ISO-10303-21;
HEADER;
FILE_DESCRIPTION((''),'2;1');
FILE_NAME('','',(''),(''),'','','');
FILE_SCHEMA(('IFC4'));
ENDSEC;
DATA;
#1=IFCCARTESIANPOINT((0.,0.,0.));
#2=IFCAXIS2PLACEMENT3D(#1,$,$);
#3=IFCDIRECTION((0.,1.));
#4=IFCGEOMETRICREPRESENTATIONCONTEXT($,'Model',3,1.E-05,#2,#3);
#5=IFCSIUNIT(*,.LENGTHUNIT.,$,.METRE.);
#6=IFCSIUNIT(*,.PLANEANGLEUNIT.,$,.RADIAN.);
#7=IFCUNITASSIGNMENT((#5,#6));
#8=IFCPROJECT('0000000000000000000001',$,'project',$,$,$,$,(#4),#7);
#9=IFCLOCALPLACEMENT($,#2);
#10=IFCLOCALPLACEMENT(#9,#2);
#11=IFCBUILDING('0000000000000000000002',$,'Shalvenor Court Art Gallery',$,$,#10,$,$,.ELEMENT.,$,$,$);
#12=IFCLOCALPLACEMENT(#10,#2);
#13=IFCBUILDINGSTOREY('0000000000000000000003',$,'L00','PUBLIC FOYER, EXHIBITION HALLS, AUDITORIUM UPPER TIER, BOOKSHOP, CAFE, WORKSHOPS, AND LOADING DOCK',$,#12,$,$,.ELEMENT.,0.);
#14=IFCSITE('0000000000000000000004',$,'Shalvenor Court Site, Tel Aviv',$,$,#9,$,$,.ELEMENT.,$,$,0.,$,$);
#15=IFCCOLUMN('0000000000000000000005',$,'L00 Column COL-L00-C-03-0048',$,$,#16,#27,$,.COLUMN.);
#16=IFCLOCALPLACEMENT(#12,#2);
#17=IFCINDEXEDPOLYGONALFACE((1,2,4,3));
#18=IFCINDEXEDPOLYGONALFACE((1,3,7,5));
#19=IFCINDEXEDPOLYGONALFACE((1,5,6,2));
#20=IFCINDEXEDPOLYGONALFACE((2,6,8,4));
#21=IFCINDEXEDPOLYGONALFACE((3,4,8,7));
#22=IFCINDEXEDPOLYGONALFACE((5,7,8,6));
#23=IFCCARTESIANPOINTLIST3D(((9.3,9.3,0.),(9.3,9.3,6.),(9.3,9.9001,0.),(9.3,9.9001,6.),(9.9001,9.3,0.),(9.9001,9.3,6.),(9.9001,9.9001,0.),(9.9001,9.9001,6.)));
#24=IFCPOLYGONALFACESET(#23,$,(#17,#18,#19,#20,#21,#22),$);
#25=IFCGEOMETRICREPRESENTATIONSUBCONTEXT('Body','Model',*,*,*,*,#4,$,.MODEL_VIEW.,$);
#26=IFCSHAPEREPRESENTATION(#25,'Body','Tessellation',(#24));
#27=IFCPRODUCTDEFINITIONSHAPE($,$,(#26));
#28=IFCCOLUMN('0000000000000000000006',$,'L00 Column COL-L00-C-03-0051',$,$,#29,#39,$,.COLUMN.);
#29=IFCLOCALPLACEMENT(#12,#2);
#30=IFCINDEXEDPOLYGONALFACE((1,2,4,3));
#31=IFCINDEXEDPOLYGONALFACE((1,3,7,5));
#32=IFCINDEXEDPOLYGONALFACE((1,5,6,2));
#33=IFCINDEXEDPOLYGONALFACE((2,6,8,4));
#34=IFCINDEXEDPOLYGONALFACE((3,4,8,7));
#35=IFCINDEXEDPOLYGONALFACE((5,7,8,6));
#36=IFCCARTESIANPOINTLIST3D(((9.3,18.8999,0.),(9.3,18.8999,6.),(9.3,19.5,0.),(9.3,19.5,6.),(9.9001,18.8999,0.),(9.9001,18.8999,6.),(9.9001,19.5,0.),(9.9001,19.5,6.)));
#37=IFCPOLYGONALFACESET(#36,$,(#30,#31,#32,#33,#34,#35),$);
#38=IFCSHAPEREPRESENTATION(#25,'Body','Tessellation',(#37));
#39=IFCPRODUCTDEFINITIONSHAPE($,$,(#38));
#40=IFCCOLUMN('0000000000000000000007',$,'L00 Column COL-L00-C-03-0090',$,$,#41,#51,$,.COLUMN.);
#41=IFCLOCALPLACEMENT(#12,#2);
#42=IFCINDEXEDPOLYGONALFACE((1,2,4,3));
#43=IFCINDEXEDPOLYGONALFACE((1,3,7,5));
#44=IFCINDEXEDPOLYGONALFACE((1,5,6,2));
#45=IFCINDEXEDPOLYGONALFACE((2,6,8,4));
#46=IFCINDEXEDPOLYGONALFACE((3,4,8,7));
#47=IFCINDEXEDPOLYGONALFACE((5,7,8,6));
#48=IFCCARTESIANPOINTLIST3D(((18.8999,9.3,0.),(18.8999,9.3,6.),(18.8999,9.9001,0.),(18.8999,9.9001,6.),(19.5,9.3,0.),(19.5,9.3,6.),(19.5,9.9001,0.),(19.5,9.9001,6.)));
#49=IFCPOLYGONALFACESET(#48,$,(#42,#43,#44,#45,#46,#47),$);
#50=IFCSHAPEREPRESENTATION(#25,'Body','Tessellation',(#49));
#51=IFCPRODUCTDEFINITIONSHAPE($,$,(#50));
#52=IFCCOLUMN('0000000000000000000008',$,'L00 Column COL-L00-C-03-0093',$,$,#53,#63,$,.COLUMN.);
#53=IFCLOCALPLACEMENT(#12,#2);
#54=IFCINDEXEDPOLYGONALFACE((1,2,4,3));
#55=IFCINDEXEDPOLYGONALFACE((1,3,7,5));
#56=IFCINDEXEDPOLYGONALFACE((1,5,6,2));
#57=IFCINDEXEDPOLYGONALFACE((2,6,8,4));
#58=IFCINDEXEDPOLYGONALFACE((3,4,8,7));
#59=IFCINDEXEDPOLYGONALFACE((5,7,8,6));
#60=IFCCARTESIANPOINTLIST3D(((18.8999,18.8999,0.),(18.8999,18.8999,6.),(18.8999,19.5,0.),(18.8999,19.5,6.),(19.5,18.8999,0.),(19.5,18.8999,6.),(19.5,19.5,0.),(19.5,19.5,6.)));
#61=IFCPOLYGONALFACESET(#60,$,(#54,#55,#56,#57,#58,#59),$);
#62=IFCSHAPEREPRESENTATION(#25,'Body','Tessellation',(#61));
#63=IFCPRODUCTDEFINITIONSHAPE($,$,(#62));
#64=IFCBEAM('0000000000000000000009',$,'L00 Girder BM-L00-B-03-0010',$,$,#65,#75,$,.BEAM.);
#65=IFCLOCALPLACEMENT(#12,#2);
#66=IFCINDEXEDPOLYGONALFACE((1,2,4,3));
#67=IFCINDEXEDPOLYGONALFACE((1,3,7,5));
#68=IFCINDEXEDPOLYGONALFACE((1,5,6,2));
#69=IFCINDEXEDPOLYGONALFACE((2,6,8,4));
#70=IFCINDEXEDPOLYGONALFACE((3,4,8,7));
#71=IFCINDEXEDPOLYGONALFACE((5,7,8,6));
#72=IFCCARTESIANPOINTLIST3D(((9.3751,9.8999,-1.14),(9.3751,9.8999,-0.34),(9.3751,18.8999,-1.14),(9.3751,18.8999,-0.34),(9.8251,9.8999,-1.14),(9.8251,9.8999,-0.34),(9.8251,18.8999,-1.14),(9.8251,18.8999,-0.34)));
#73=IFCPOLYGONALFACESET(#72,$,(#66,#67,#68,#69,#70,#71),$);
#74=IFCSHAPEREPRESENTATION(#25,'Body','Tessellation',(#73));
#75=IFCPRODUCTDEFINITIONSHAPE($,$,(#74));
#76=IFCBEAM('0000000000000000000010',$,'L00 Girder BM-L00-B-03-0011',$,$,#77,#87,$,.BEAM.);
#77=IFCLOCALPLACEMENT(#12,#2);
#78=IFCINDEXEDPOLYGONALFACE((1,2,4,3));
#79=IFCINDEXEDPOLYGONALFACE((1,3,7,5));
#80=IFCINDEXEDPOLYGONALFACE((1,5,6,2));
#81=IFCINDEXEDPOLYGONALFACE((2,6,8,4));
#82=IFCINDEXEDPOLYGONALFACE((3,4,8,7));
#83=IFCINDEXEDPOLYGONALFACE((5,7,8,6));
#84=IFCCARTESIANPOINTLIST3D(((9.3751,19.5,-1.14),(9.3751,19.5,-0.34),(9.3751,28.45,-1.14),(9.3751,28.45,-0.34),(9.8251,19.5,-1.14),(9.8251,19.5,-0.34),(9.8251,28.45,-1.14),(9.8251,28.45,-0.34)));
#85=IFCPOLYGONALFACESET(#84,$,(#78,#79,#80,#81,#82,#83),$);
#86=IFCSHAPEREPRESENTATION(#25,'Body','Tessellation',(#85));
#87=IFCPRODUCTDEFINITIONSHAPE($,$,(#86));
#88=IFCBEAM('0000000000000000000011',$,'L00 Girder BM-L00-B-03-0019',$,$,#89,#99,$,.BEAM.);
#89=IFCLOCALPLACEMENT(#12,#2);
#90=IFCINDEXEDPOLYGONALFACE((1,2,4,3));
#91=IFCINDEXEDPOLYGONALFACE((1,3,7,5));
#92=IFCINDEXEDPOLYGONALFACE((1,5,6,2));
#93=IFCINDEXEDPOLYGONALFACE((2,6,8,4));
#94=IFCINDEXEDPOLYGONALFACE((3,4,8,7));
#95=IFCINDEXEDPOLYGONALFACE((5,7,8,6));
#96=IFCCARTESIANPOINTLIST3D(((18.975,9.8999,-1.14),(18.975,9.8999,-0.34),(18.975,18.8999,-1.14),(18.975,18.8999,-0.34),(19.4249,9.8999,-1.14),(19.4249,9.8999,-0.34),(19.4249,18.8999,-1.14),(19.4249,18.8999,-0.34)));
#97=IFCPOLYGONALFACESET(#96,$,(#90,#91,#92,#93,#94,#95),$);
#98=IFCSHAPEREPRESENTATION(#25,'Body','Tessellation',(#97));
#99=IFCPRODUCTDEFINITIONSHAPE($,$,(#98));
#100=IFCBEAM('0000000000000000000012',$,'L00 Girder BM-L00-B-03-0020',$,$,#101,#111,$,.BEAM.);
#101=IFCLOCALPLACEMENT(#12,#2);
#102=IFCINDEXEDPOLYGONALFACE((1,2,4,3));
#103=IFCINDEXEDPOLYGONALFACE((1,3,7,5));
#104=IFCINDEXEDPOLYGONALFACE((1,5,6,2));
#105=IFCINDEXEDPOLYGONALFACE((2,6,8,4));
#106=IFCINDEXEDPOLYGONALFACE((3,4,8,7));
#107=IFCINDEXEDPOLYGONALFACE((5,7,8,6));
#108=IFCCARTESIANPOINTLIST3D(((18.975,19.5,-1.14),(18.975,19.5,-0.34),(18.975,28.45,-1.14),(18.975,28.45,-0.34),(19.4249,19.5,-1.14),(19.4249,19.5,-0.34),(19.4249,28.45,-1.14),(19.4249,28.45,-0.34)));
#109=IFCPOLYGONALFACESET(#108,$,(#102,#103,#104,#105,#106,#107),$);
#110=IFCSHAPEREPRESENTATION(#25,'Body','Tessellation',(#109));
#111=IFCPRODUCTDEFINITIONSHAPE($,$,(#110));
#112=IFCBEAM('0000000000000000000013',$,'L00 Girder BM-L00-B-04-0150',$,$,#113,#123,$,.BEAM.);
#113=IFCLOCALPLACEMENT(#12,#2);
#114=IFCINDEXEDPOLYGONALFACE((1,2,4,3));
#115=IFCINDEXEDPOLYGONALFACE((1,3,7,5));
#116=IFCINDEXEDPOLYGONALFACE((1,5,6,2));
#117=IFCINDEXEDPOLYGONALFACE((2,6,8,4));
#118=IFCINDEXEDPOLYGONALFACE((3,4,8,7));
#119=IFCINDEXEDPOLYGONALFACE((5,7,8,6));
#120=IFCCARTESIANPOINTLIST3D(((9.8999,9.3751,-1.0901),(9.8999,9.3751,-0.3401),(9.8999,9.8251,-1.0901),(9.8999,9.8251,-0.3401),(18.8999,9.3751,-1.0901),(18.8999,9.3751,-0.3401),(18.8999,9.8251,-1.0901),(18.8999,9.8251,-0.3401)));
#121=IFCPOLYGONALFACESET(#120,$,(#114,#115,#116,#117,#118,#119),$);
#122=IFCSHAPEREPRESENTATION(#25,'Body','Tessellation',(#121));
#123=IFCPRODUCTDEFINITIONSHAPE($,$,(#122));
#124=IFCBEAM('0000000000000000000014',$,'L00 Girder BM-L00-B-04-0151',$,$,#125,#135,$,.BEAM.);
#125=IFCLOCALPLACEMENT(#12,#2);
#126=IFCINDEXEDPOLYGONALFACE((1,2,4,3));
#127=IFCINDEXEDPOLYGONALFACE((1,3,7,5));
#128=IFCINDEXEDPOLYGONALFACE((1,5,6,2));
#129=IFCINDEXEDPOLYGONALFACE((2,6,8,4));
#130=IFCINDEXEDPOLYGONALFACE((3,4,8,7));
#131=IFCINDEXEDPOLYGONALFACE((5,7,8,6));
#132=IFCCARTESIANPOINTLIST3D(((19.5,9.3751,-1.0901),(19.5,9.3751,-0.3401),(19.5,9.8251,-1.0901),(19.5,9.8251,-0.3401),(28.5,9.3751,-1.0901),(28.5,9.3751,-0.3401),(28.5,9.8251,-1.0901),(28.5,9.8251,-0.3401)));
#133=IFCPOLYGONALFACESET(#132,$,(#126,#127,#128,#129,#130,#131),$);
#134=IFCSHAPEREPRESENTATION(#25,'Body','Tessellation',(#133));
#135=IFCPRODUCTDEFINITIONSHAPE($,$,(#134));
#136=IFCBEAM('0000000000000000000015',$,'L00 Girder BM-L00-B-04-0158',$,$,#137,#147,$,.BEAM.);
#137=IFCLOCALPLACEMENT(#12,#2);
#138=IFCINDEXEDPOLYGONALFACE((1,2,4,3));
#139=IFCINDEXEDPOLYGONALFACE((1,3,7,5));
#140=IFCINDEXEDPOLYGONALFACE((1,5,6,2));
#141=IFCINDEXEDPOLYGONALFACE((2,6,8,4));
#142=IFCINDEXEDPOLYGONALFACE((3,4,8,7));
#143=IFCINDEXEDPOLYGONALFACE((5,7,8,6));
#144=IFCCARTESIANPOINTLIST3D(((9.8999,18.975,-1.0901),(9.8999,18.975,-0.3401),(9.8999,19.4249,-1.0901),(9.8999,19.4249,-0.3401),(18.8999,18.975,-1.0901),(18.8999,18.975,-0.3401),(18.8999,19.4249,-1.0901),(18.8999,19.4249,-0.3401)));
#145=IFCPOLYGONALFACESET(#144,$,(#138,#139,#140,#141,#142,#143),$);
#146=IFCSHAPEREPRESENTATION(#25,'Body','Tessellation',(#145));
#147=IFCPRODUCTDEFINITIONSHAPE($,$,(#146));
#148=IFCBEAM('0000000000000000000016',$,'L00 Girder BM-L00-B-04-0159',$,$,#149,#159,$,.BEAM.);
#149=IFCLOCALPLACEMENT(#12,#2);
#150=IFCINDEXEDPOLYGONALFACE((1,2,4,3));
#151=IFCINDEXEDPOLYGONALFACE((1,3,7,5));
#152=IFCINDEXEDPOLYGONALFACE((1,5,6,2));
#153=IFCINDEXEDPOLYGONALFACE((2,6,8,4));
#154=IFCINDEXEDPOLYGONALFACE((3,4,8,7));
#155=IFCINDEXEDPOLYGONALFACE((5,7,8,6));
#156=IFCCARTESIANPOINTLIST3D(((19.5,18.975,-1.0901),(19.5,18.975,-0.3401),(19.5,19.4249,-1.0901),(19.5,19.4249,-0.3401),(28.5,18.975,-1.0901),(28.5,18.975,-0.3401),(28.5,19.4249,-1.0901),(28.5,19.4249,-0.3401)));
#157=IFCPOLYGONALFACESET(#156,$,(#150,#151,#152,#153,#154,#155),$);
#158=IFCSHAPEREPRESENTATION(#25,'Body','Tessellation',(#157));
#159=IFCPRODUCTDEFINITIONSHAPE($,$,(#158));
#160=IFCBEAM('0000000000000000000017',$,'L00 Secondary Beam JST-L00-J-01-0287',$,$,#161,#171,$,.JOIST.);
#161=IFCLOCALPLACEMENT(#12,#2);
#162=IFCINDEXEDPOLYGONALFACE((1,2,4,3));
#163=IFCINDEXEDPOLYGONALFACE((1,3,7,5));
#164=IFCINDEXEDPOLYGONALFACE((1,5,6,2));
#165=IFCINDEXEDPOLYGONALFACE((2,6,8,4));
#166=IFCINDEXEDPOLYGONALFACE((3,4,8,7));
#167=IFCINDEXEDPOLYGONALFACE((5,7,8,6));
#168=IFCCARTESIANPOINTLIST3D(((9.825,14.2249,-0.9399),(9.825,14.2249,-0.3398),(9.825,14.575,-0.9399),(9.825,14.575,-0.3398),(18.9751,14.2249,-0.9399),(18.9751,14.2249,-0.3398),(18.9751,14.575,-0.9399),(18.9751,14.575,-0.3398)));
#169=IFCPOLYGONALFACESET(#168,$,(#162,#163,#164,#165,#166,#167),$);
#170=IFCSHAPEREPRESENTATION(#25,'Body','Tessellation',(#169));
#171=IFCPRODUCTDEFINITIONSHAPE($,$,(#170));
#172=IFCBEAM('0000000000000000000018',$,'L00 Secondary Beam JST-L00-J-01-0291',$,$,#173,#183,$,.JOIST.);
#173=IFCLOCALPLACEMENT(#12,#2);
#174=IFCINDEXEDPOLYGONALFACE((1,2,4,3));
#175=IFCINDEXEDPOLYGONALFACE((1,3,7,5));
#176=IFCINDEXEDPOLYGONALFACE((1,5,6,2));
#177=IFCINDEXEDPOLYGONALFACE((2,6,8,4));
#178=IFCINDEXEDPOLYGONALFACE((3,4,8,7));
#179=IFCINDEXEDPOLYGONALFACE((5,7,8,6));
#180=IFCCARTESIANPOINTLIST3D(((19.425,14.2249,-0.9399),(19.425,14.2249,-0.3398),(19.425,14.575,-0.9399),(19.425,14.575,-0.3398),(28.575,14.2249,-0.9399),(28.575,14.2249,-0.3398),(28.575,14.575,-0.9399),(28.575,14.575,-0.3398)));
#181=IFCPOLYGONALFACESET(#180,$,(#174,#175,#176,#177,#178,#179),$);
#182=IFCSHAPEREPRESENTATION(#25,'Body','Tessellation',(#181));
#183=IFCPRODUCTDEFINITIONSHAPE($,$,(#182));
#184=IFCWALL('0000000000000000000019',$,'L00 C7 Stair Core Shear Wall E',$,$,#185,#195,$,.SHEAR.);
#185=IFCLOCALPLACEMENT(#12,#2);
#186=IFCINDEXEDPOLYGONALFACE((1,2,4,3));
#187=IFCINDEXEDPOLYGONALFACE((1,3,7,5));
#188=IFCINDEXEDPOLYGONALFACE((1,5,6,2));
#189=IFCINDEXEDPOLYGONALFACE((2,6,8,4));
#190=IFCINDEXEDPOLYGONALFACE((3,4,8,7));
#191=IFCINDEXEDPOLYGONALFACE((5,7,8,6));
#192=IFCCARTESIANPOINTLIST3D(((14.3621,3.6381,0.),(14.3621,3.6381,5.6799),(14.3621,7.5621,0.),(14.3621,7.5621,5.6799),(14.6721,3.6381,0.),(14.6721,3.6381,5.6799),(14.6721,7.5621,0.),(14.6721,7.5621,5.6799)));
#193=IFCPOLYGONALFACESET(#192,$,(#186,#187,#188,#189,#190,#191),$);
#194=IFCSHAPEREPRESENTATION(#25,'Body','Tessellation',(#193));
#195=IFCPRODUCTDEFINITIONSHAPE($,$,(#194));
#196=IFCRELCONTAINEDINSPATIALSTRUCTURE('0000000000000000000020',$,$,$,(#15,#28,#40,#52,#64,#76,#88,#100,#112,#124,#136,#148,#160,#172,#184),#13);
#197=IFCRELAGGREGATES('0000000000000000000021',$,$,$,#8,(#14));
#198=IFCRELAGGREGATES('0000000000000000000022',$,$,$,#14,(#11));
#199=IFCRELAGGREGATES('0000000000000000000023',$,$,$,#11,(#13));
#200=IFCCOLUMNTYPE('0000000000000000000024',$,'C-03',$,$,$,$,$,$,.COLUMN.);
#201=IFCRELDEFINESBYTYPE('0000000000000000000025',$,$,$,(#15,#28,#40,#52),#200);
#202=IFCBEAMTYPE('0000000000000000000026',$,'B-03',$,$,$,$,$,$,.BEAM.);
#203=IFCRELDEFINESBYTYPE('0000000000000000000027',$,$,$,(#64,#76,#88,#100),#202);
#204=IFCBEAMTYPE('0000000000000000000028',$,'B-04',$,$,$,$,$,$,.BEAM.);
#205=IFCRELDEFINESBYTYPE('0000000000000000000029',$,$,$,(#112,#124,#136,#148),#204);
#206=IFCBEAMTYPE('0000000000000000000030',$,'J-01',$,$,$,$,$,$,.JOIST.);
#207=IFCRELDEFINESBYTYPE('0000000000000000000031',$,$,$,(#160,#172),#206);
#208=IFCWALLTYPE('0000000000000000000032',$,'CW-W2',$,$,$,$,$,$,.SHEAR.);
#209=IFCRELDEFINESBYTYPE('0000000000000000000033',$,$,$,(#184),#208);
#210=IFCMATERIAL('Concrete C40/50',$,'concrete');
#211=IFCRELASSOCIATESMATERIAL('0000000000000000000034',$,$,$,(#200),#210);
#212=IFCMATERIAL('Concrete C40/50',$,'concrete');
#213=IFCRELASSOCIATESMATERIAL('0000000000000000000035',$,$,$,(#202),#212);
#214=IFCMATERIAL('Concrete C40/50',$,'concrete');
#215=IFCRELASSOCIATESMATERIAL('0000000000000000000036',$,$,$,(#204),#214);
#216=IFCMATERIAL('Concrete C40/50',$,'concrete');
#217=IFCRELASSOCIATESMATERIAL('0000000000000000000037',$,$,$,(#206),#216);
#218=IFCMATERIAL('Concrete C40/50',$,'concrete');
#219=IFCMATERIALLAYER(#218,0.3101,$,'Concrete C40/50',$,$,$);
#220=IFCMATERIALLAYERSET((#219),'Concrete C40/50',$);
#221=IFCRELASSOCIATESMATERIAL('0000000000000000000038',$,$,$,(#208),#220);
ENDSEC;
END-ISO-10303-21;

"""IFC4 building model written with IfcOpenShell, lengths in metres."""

from ifc_helpers import new_model, si_unit, direction, frame, frame_2d, origin, origin_2d, place, context, subcontext, project, spatial, rectangle, extrude, material, layer, layer_set, material_profile, profile_set, type_object, element, save


model = new_model("IFC4")

# Units and contexts
model_context = context("Model", 3, precision=1e-05, world=origin(), true_north=direction((0.0, 1.0)))
body_context = subcontext(model_context, "Body", "Model", "MODEL_VIEW")
ifc_project = project(units=[si_unit("LENGTHUNIT", "METRE"), si_unit("PLANEANGLEUNIT", "RADIAN")], contexts=[model_context])

# Site, building, storey
site_placement = place(None, origin())
site = spatial("IfcSite", under=ifc_project, at=site_placement, Name="Shalvenor Court Site, Tel Aviv", CompositionType="ELEMENT", RefElevation=0.0)
building_placement = place(site_placement, origin())
building = spatial("IfcBuilding", under=site, at=building_placement, Name="Shalvenor Court Art Gallery", CompositionType="ELEMENT")
storey_placement = place(building_placement, origin())
storey = spatial("IfcBuildingStorey", under=building, at=storey_placement, Name="L00", Description="PUBLIC FOYER, EXHIBITION HALLS, AUDITORIUM UPPER TIER, BOOKSHOP, CAFE, WORKSHOPS, AND LOADING DOCK", CompositionType="ELEMENT", Elevation=0.0)

# Columns
ifc_material_1 = material(Name="Concrete C40/50", Category="concrete")
ifc_material_profile_1 = material_profile(ifc_material_1, rectangle(XDim=0.6001, YDim=0.6001, at=origin_2d()), Name="RC 600x600")
ifc_profile_set_1 = profile_set([ifc_material_profile_1], Name="Concrete C40/50")
column_type = type_object("IfcColumnType", Name="C-03", PredefinedType="COLUMN", material=ifc_profile_set_1)
for number, where, z_axis, x_axis, name in (
    (1, (9.6001, 9.6001, 0.0), (0.0, 0.0, 1.0), (1.0, 0.0, 0.0), "L00 Column COL-L00-C-03-0048"),
    (2, (9.6001, 19.2, 0.0), (0.0, 0.0, 1.0), (1.0, 0.0, 0.0), "L00 Column COL-L00-C-03-0051"),
    (3, (19.2, 9.6001, 0.0), (0.0, 0.0, 1.0), (1.0, 0.0, 0.0), "L00 Column COL-L00-C-03-0090"),
    (4, (19.2, 19.2, 0.0), (0.0, 0.0, 1.0), (1.0, 0.0, 0.0), "L00 Column COL-L00-C-03-0093"),
):
    element("IfcColumn", number, at=place(storey_placement, frame(where, z_axis=z_axis, x_axis=x_axis)), inside=storey, type_object=column_type, Name=name, PredefinedType="COLUMN", context=body_context, shape_type="SweptSolid", body=[
        extrude(rectangle(XDim=0.6001, YDim=0.6001, at=origin_2d()), origin(), (0.0, 0.0, 1.0), 6.0),
    ])

# Beams
ifc_material_2 = material(Name="Concrete C40/50", Category="concrete")
ifc_material_profile_2 = material_profile(ifc_material_2, rectangle(XDim=0.45, YDim=0.8, at=origin_2d()), Name="RC 450x800")
ifc_profile_set_2 = profile_set([ifc_material_profile_2], Name="Concrete C40/50")
beam_type_1 = type_object("IfcBeamType", Name="B-03", PredefinedType="BEAM", material=ifc_profile_set_2)
beam_1_placement = place(storey_placement, frame((9.6001, 9.8999, -0.74), z_axis=(0.0, 1.0, 0.0), x_axis=(-1.0, 0.0, 0.0)))
element("IfcBeam", 5, at=beam_1_placement, inside=storey, type_object=beam_type_1, Name="L00 Girder BM-L00-B-03-0010", PredefinedType="BEAM", context=body_context, shape_type="SweptSolid", body=[
    extrude(rectangle(XDim=0.45, YDim=0.8, at=origin_2d()), origin(), (0.0, 0.0, 1.0), 9.0),
])
beam_2_placement = place(storey_placement, frame((9.6001, 19.5, -0.74), z_axis=(0.0, 1.0, 0.0), x_axis=(-1.0, 0.0, 0.0)))
element("IfcBeam", 6, at=beam_2_placement, inside=storey, type_object=beam_type_1, Name="L00 Girder BM-L00-B-03-0011", PredefinedType="BEAM", context=body_context, shape_type="SweptSolid", body=[
    extrude(rectangle(XDim=0.45, YDim=0.8, at=origin_2d()), origin(), (0.0, 0.0, 1.0), 8.95),
])
beam_3_placement = place(storey_placement, frame((19.2, 9.8999, -0.74), z_axis=(0.0, 1.0, 0.0), x_axis=(-1.0, 0.0, 0.0)))
element("IfcBeam", 7, at=beam_3_placement, inside=storey, type_object=beam_type_1, Name="L00 Girder BM-L00-B-03-0019", PredefinedType="BEAM", context=body_context, shape_type="SweptSolid", body=[
    extrude(rectangle(XDim=0.45, YDim=0.8, at=origin_2d()), origin(), (0.0, 0.0, 1.0), 9.0),
])
beam_4_placement = place(storey_placement, frame((19.2, 19.5, -0.74), z_axis=(0.0, 1.0, 0.0), x_axis=(-1.0, 0.0, 0.0)))
element("IfcBeam", 8, at=beam_4_placement, inside=storey, type_object=beam_type_1, Name="L00 Girder BM-L00-B-03-0020", PredefinedType="BEAM", context=body_context, shape_type="SweptSolid", body=[
    extrude(rectangle(XDim=0.45, YDim=0.8, at=origin_2d()), origin(), (0.0, 0.0, 1.0), 8.95),
])
ifc_material_3 = material(Name="Concrete C40/50", Category="concrete")
ifc_material_profile_3 = material_profile(ifc_material_3, rectangle(XDim=0.45, YDim=0.75, at=origin_2d()), Name="RC 450x750")
ifc_profile_set_3 = profile_set([ifc_material_profile_3], Name="Concrete C40/50")
beam_type_2 = type_object("IfcBeamType", Name="B-04", PredefinedType="BEAM", material=ifc_profile_set_3)
for number, where, z_axis, x_axis, name in (
    (9, (9.8999, 9.6001, -0.7151), (1.0, 0.0, 0.0), (0.0, 1.0, 0.0), "L00 Girder BM-L00-B-04-0150"),
    (10, (19.5, 9.6001, -0.7151), (1.0, 0.0, 0.0), (0.0, 1.0, 0.0), "L00 Girder BM-L00-B-04-0151"),
    (11, (9.8999, 19.2, -0.7151), (1.0, 0.0, 0.0), (0.0, 1.0, 0.0), "L00 Girder BM-L00-B-04-0158"),
    (12, (19.5, 19.2, -0.7151), (1.0, 0.0, 0.0), (0.0, 1.0, 0.0), "L00 Girder BM-L00-B-04-0159"),
):
    element("IfcBeam", number, at=place(storey_placement, frame(where, z_axis=z_axis, x_axis=x_axis)), inside=storey, type_object=beam_type_2, Name=name, PredefinedType="BEAM", context=body_context, shape_type="SweptSolid", body=[
        extrude(rectangle(XDim=0.45, YDim=0.75, at=origin_2d()), origin(), (0.0, 0.0, 1.0), 9.0),
    ])
ifc_material_4 = material(Name="Concrete C40/50", Category="concrete")
ifc_material_profile_4 = material_profile(ifc_material_4, rectangle(XDim=0.3501, YDim=0.6001, at=origin_2d()), Name="RC 350x600")
ifc_profile_set_4 = profile_set([ifc_material_profile_4], Name="Concrete C40/50")
beam_type_3 = type_object("IfcBeamType", Name="J-01", PredefinedType="JOIST", material=ifc_profile_set_4)
beam_5_placement = place(storey_placement, frame((9.825, 14.3999, -0.6399), z_axis=(1.0, 0.0, 0.0), x_axis=(0.0, 1.0, 0.0)))
element("IfcBeam", 13, at=beam_5_placement, inside=storey, type_object=beam_type_3, Name="L00 Secondary Beam JST-L00-J-01-0287", PredefinedType="JOIST", context=body_context, shape_type="SweptSolid", body=[
    extrude(rectangle(XDim=0.3501, YDim=0.6001, at=origin_2d()), origin(), (0.0, 0.0, 1.0), 9.1501),
])
beam_6_placement = place(storey_placement, frame((19.425, 14.3999, -0.6399), z_axis=(1.0, 0.0, 0.0), x_axis=(0.0, 1.0, 0.0)))
element("IfcBeam", 14, at=beam_6_placement, inside=storey, type_object=beam_type_3, Name="L00 Secondary Beam JST-L00-J-01-0291", PredefinedType="JOIST", context=body_context, shape_type="SweptSolid", body=[
    extrude(rectangle(XDim=0.3501, YDim=0.6001, at=origin_2d()), origin(), (0.0, 0.0, 1.0), 9.1499),
])

# Wall
ifc_material_5 = material(Name="Concrete C40/50", Category="concrete")
ifc_layer_1 = layer(ifc_material_5, 0.3101, Name="Concrete C40/50")
ifc_layer_set_1 = layer_set([ifc_layer_1], Name="Concrete C40/50")
wall_type_1 = type_object("IfcWallType", Name="CW-W2", PredefinedType="SHEAR", material=ifc_layer_set_1)
wall_1_placement = place(storey_placement, frame((14.5171, 7.562, 0.0), z_axis=(0.0, 0.0, 1.0), x_axis=(0.0, -1.0, 0.0)))
element("IfcWall", 15, at=wall_1_placement, inside=storey, type_object=wall_type_1, Name="L00 C7 Stair Core Shear Wall E", PredefinedType="SHEAR", context=body_context, shape_type="SweptSolid", body=[
    extrude(rectangle(XDim=3.9241, YDim=0.3101, at=frame_2d((1.9619, 0.0))), origin(), (0.0, 0.0, 1.0), 5.6799),
])

save(model, "model.ifc")
